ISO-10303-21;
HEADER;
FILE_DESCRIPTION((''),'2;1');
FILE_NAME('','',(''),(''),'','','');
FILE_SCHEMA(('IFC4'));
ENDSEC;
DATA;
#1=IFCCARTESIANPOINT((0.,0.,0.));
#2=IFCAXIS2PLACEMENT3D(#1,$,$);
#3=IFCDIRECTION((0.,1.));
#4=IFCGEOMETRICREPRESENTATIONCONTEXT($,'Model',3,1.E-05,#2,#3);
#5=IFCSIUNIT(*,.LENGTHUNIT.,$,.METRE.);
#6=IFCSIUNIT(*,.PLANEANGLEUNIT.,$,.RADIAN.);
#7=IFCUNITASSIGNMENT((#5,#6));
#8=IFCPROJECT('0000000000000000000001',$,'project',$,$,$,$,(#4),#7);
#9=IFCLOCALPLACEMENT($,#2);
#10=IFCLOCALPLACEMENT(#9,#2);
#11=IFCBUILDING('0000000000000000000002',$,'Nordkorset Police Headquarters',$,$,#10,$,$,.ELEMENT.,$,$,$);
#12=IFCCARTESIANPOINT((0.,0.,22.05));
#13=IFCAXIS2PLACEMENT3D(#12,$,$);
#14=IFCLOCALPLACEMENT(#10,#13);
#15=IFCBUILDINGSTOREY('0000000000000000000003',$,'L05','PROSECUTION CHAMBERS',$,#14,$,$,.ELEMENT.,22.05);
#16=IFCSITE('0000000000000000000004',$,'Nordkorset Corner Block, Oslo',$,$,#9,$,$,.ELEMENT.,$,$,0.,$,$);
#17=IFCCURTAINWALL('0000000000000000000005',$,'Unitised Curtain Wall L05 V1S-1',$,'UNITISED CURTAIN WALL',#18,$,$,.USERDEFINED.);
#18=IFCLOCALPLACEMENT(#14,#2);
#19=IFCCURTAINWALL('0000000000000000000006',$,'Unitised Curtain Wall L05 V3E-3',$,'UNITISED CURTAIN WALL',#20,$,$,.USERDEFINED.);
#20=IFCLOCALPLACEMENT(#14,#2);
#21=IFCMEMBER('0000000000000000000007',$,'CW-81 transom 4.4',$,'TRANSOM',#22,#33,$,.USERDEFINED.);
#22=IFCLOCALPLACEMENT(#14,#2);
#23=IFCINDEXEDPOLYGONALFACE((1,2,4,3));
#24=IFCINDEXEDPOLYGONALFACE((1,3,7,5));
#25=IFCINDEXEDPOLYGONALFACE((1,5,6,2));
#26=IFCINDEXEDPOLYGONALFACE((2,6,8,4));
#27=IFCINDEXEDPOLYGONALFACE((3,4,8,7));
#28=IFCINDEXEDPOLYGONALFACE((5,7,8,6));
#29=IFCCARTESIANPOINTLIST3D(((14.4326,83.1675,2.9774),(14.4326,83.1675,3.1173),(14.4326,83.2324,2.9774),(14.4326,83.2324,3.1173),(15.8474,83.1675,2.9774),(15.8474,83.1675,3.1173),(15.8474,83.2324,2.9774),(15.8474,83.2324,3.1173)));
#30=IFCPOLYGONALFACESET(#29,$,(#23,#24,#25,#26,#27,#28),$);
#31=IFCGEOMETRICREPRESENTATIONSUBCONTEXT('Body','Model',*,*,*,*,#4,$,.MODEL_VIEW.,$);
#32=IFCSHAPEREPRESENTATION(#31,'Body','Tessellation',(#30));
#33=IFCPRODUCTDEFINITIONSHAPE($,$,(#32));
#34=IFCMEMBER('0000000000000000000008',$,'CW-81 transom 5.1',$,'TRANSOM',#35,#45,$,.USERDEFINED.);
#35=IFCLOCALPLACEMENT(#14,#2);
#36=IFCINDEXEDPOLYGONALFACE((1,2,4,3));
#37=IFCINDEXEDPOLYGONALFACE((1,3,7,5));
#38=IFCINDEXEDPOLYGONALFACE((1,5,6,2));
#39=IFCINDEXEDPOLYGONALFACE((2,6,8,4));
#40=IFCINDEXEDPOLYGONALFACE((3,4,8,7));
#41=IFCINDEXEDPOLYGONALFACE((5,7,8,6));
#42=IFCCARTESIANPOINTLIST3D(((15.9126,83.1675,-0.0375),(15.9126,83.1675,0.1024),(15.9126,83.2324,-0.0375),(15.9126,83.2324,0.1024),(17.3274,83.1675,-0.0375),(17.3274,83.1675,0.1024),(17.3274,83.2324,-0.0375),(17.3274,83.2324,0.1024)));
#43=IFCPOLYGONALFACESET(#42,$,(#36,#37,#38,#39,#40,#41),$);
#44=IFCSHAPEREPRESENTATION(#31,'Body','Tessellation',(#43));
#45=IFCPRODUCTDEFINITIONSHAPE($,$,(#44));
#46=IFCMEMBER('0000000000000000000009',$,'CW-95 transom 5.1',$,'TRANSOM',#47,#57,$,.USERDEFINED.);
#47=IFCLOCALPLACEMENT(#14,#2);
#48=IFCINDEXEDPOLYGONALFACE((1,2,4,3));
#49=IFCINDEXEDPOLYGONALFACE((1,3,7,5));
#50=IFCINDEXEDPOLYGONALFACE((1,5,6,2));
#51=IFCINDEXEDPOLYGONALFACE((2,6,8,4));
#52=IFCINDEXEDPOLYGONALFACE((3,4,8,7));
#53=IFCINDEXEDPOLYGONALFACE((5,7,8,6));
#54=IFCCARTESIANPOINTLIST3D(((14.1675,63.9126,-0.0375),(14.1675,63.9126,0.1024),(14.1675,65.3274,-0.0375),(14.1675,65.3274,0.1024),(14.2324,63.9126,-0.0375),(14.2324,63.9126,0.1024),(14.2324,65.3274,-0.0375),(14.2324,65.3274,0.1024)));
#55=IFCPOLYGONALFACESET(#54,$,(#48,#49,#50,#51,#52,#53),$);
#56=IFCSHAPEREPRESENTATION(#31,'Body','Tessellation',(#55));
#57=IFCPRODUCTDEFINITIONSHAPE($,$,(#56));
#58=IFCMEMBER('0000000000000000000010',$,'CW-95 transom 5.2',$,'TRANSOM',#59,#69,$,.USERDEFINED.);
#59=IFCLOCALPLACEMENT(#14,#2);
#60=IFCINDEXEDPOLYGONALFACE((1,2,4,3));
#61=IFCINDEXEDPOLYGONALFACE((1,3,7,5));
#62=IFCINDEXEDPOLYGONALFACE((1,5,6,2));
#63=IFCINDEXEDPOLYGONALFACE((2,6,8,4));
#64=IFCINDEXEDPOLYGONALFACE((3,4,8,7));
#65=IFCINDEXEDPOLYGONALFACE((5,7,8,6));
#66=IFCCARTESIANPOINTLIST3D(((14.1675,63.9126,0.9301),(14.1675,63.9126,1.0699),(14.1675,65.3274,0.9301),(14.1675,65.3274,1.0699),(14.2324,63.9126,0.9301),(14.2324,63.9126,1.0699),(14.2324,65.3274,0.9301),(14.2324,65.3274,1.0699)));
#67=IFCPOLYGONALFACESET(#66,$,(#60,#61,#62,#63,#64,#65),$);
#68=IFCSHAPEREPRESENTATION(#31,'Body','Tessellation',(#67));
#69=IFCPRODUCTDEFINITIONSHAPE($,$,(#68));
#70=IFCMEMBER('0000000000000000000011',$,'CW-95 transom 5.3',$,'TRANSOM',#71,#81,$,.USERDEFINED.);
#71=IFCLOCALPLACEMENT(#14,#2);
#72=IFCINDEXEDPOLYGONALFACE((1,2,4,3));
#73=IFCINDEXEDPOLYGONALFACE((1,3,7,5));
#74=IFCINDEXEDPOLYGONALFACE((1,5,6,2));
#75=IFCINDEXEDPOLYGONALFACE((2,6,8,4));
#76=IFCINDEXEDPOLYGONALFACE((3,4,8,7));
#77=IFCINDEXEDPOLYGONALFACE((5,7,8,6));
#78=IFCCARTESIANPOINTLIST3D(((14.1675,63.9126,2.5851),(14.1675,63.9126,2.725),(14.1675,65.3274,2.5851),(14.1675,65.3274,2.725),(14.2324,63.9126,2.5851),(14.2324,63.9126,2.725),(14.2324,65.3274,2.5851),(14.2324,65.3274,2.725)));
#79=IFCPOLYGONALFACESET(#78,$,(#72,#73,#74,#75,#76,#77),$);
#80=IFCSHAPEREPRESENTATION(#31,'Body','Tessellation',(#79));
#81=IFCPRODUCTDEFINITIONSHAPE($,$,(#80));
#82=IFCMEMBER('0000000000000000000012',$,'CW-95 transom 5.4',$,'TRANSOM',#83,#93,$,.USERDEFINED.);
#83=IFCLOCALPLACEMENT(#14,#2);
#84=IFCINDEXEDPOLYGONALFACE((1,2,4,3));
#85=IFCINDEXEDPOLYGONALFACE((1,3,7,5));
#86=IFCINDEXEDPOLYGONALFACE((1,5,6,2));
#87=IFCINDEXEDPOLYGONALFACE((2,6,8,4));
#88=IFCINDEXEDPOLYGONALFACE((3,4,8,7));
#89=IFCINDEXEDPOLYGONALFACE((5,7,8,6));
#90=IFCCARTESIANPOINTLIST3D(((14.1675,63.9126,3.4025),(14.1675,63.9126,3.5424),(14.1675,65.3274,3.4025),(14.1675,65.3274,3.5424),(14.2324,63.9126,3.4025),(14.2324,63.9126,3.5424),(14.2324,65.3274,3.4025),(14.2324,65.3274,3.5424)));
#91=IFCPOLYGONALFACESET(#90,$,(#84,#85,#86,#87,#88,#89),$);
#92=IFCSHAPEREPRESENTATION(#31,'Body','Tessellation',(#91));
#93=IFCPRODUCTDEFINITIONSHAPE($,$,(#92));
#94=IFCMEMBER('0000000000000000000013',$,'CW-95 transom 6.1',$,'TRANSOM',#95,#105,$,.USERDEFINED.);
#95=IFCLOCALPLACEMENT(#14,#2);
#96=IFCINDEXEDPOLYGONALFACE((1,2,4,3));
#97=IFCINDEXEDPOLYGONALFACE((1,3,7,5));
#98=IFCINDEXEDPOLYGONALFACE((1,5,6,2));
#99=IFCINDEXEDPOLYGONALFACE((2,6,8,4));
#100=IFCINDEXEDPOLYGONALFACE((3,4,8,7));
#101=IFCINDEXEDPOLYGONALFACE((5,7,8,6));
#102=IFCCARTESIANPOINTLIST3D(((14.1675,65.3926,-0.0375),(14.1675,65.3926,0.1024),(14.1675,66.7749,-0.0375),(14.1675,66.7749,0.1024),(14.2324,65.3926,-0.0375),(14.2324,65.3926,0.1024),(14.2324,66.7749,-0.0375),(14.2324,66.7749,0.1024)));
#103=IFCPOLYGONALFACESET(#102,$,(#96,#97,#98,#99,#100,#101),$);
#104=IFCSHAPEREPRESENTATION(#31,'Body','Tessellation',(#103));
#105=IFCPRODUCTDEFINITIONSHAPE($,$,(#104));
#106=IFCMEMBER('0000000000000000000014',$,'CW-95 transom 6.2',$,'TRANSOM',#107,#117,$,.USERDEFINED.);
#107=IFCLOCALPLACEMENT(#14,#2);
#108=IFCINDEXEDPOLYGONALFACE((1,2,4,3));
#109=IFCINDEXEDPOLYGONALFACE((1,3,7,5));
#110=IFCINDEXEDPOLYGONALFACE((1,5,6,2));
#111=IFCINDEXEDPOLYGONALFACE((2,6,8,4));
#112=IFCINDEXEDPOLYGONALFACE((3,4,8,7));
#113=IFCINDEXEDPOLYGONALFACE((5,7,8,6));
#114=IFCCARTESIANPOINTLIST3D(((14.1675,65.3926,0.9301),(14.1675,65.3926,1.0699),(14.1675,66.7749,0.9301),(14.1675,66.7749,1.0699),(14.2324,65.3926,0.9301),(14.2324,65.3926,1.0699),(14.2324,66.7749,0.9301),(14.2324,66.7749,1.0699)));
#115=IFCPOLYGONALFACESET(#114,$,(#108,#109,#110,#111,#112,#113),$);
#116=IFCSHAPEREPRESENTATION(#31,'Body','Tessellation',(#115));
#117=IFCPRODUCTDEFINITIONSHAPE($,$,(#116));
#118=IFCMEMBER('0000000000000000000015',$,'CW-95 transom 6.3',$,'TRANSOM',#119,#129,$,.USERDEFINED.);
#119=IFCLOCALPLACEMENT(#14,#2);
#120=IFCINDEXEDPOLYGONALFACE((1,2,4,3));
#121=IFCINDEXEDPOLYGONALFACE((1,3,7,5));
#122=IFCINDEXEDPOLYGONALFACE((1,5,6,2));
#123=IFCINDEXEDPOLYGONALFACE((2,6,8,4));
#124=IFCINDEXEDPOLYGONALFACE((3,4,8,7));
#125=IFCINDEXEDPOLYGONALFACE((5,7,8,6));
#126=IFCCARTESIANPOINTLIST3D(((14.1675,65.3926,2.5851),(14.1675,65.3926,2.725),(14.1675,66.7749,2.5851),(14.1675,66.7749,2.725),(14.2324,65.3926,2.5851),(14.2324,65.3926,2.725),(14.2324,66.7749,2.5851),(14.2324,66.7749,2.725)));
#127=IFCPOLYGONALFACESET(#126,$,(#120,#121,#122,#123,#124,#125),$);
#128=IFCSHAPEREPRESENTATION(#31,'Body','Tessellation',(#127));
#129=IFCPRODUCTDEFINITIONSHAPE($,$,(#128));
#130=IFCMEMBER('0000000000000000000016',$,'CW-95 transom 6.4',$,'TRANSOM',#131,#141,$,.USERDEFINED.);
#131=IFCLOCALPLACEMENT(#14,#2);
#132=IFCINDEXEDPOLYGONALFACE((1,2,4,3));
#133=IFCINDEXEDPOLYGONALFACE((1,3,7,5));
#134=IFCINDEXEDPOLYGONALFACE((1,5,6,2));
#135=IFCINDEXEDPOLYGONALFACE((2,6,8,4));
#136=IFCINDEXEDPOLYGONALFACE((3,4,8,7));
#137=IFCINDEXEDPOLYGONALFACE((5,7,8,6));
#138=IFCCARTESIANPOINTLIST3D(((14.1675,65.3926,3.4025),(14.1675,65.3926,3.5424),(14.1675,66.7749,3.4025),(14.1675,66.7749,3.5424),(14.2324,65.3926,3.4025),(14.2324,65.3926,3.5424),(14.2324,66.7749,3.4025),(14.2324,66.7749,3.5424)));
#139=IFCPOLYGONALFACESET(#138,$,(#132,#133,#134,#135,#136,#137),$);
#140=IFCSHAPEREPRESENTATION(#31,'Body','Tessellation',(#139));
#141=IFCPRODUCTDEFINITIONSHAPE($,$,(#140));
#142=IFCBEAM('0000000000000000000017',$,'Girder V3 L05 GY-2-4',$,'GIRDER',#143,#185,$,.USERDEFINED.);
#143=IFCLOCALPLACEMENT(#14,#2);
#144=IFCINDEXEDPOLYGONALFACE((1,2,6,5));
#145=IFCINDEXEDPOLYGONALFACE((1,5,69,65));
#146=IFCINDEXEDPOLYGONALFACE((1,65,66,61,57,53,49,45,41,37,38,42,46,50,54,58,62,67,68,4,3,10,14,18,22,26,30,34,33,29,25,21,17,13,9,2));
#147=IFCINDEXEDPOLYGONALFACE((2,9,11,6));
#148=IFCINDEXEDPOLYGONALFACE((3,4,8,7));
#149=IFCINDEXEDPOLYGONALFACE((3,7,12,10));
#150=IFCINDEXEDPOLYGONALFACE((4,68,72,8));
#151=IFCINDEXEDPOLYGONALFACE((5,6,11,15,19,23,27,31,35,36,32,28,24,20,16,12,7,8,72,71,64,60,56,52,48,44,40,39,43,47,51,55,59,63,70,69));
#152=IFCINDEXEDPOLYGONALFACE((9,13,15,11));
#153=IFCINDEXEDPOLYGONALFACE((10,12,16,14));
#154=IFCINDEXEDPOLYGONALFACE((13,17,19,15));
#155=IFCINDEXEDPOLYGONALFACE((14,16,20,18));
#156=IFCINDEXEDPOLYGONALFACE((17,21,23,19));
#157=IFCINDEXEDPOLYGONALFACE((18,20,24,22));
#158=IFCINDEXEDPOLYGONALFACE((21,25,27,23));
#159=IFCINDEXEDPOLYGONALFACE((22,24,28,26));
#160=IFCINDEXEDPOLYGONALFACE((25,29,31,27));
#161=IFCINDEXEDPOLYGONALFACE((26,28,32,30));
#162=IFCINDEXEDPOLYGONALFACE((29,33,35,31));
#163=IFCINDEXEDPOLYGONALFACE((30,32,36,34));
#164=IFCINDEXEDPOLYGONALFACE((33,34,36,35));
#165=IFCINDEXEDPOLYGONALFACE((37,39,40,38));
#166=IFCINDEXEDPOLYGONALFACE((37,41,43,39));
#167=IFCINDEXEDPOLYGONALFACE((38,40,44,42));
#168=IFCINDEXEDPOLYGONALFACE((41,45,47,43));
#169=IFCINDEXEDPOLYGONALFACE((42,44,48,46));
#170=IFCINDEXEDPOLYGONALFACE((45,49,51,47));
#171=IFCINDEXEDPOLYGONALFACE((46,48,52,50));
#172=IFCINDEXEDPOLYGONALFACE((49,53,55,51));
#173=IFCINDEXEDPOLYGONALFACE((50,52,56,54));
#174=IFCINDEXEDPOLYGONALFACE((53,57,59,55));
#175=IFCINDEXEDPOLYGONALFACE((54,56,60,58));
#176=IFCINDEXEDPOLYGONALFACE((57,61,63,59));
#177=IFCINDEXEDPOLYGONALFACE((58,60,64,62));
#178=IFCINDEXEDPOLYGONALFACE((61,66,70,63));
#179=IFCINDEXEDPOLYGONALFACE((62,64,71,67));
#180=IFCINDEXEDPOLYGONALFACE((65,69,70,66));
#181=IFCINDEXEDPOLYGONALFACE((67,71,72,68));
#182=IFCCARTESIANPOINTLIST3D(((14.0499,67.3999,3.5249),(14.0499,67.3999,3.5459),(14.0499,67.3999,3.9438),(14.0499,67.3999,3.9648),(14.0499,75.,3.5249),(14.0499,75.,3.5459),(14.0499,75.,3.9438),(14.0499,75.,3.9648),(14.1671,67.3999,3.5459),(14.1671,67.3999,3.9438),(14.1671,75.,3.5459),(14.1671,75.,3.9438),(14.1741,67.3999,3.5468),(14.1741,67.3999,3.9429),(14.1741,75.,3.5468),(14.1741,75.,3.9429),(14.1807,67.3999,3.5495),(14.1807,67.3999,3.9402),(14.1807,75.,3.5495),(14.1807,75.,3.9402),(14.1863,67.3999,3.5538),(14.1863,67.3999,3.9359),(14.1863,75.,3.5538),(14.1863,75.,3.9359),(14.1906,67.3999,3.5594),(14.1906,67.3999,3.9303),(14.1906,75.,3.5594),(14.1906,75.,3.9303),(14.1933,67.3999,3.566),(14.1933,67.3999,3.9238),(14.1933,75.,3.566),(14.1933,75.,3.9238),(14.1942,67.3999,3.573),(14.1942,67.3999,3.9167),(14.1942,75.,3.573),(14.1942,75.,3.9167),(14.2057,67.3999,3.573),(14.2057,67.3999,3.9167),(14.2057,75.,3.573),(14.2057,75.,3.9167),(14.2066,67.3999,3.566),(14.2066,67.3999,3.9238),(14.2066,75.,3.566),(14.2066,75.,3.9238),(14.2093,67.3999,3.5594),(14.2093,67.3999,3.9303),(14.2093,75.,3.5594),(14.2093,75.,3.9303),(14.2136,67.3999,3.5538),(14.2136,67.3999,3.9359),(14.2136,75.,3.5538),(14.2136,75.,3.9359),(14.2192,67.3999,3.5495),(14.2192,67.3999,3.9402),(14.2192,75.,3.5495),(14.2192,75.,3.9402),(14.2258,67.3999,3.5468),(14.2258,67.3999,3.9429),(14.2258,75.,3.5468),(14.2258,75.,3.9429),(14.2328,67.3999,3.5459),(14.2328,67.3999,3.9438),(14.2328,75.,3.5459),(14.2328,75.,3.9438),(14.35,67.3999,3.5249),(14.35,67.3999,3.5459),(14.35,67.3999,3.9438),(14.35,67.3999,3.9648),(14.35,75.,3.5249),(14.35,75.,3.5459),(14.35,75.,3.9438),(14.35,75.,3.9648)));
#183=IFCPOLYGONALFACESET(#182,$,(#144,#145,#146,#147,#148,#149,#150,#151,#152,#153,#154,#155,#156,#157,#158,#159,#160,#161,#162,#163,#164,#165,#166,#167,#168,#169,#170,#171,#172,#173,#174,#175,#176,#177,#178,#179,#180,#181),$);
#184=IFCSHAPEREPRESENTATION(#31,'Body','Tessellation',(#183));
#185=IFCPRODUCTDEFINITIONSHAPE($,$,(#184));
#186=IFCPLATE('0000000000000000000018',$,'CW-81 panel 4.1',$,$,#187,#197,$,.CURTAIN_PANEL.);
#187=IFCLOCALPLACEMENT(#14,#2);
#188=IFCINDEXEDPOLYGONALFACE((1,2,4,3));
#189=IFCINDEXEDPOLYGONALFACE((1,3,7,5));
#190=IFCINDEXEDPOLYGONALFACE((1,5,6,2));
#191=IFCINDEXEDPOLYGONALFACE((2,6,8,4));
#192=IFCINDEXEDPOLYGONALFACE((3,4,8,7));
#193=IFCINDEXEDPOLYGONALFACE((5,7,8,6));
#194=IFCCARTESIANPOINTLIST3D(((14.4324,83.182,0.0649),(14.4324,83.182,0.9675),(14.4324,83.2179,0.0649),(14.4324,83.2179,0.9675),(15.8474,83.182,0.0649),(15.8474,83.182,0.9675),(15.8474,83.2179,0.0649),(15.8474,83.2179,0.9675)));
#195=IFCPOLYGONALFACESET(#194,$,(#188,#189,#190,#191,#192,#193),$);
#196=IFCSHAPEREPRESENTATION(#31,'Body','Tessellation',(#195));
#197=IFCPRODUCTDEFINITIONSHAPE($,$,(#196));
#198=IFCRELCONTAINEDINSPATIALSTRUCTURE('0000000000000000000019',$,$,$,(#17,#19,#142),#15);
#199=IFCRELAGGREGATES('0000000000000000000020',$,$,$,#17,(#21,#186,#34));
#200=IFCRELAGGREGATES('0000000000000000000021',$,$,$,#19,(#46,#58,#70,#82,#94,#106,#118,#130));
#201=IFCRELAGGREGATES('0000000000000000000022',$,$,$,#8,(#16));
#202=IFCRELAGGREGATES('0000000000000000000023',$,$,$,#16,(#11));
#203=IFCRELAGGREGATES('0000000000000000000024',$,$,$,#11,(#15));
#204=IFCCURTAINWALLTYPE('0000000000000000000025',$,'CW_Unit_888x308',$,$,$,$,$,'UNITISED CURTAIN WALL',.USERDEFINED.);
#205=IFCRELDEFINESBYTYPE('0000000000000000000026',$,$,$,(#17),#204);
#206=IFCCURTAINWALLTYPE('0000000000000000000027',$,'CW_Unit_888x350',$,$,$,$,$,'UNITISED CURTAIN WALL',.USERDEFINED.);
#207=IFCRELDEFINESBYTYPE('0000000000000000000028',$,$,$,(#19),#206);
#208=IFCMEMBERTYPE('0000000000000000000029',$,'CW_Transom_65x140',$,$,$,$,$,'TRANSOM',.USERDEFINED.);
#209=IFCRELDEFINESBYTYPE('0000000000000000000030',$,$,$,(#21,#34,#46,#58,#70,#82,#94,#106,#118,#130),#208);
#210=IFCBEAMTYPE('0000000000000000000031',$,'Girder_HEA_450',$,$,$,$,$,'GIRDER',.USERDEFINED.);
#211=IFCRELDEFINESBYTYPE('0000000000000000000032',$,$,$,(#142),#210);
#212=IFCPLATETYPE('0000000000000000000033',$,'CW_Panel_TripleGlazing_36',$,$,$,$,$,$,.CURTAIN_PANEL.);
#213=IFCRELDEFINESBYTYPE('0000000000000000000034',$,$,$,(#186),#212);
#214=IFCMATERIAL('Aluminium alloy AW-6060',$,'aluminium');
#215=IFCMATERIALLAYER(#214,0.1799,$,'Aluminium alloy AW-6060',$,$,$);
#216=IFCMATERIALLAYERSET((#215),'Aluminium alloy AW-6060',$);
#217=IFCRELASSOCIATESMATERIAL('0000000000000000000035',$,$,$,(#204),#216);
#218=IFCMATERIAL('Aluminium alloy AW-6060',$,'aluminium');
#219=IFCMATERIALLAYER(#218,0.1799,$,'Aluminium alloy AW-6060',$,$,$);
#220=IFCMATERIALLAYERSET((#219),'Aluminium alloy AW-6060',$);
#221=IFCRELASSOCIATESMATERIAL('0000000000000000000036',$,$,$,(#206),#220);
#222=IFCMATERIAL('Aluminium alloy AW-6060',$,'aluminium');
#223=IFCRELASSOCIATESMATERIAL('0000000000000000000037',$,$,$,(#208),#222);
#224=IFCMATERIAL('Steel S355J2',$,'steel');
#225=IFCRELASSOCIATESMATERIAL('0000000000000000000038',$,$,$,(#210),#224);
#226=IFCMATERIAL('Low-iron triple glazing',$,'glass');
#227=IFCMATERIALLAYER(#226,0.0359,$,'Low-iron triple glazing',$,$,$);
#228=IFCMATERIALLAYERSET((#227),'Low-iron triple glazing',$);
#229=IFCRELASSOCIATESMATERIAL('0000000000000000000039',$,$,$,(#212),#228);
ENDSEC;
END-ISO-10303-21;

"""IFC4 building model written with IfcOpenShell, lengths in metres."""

from ifc_helpers import new_model, si_unit, direction, frame, origin, origin_2d, place, context, subcontext, project, spatial, rectangle, i_section, extrude, material, layer, layer_set, material_profile, profile_set, type_object, element, aggregate, save


model = new_model("IFC4")

# Units and contexts
model_context = context("Model", 3, precision=1e-05, world=origin(), true_north=direction((0.0, 1.0)))
body_context = subcontext(model_context, "Body", "Model", "MODEL_VIEW")
ifc_project = project(units=[si_unit("LENGTHUNIT", "METRE"), si_unit("PLANEANGLEUNIT", "RADIAN")], contexts=[model_context])

# Site, building, storey
site_placement = place(None, origin())
site = spatial("IfcSite", under=ifc_project, at=site_placement, Name="Nordkorset Corner Block, Oslo", CompositionType="ELEMENT", RefElevation=0.0)
building_placement = place(site_placement, origin())
building = spatial("IfcBuilding", under=site, at=building_placement, Name="Nordkorset Police Headquarters", CompositionType="ELEMENT")
storey_placement = place(building_placement, frame((0.0, 0.0, 22.05)))
storey = spatial("IfcBuildingStorey", under=building, at=storey_placement, Name="L05", Description="PROSECUTION CHAMBERS", CompositionType="ELEMENT", Elevation=22.05)

# Curtain walls
ifc_material_1 = material(Name="Aluminium alloy AW-6060", Category="aluminium")
ifc_layer_1 = layer(ifc_material_1, 0.1799, Name="Aluminium alloy AW-6060")
ifc_layer_set_1 = layer_set([ifc_layer_1], Name="Aluminium alloy AW-6060")
curtain_wall_type_1 = type_object("IfcCurtainWallType", Name="CW_Unit_888x308", ElementType="UNITISED CURTAIN WALL", PredefinedType="USERDEFINED", material=ifc_layer_set_1)
curtain_wall_1_placement = place(storey_placement, origin())
curtain_wall_1 = element("IfcCurtainWall", 1, at=curtain_wall_1_placement, inside=storey, type_object=curtain_wall_type_1, Name="Unitised Curtain Wall L05 V1S-1", ObjectType="UNITISED CURTAIN WALL", PredefinedType="USERDEFINED")
ifc_material_2 = material(Name="Aluminium alloy AW-6060", Category="aluminium")
ifc_layer_2 = layer(ifc_material_2, 0.1799, Name="Aluminium alloy AW-6060")
ifc_layer_set_2 = layer_set([ifc_layer_2], Name="Aluminium alloy AW-6060")
curtain_wall_type_2 = type_object("IfcCurtainWallType", Name="CW_Unit_888x350", ElementType="UNITISED CURTAIN WALL", PredefinedType="USERDEFINED", material=ifc_layer_set_2)
curtain_wall_2_placement = place(storey_placement, origin())
curtain_wall_2 = element("IfcCurtainWall", 2, at=curtain_wall_2_placement, inside=storey, type_object=curtain_wall_type_2, Name="Unitised Curtain Wall L05 V3E-3", ObjectType="UNITISED CURTAIN WALL", PredefinedType="USERDEFINED")

# Members
ifc_material_3 = material(Name="Aluminium alloy AW-6060", Category="aluminium")
ifc_material_profile_1 = material_profile(ifc_material_3, rectangle(XDim=0.0649, YDim=0.1399, at=origin_2d()), Name="ALU TRAN 65x140")
ifc_profile_set_1 = profile_set([ifc_material_profile_1], Name="Aluminium alloy AW-6060")
member_type_1 = type_object("IfcMemberType", Name="CW_Transom_65x140", ElementType="TRANSOM", PredefinedType="USERDEFINED", material=ifc_profile_set_1)
member_1_placement = place(storey_placement, frame((14.4326, 83.2, 3.0474), z_axis=(1.0, 0.0, 0.0), x_axis=(0.0, 1.0, 0.0)))
member_1 = element("IfcMember", 3, at=member_1_placement, type_object=member_type_1, Name="CW-81 transom 4.4", ObjectType="TRANSOM", PredefinedType="USERDEFINED", context=body_context, shape_type="SweptSolid", body=[
    extrude(rectangle(XDim=0.0649, YDim=0.1399, at=origin_2d()), origin(), (0.0, 0.0, 1.0), 1.4148),
])
member_2_placement = place(storey_placement, frame((15.9126, 83.2, 0.0325), z_axis=(1.0, 0.0, 0.0), x_axis=(0.0, 1.0, 0.0)))
member_2 = element("IfcMember", 4, at=member_2_placement, type_object=member_type_1, Name="CW-81 transom 5.1", ObjectType="TRANSOM", PredefinedType="USERDEFINED", context=body_context, shape_type="SweptSolid", body=[
    extrude(rectangle(XDim=0.0649, YDim=0.1399, at=origin_2d()), origin(), (0.0, 0.0, 1.0), 1.4148),
])
member_3_placement = place(storey_placement, frame((14.2, 63.9126, 0.0325), z_axis=(0.0, 1.0, 0.0), x_axis=(-1.0, 0.0, 0.0)))
member_3 = element("IfcMember", 5, at=member_3_placement, type_object=member_type_1, Name="CW-95 transom 5.1", ObjectType="TRANSOM", PredefinedType="USERDEFINED", context=body_context, shape_type="SweptSolid", body=[
    extrude(rectangle(XDim=0.0649, YDim=0.1399, at=origin_2d()), origin(), (0.0, 0.0, 1.0), 1.4148),
])
member_4_placement = place(storey_placement, frame((14.2, 63.9126, 1.0), z_axis=(0.0, 1.0, 0.0), x_axis=(-1.0, 0.0, 0.0)))
member_4 = element("IfcMember", 6, at=member_4_placement, type_object=member_type_1, Name="CW-95 transom 5.2", ObjectType="TRANSOM", PredefinedType="USERDEFINED", context=body_context, shape_type="SweptSolid", body=[
    extrude(rectangle(XDim=0.0649, YDim=0.1399, at=origin_2d()), origin(), (0.0, 0.0, 1.0), 1.4148),
])
member_5_placement = place(storey_placement, frame((14.2, 63.9126, 2.655), z_axis=(0.0, 1.0, 0.0), x_axis=(-1.0, 0.0, 0.0)))
member_5 = element("IfcMember", 7, at=member_5_placement, type_object=member_type_1, Name="CW-95 transom 5.3", ObjectType="TRANSOM", PredefinedType="USERDEFINED", context=body_context, shape_type="SweptSolid", body=[
    extrude(rectangle(XDim=0.0649, YDim=0.1399, at=origin_2d()), origin(), (0.0, 0.0, 1.0), 1.4148),
])
member_6_placement = place(storey_placement, frame((14.2, 63.9126, 3.4724), z_axis=(0.0, 1.0, 0.0), x_axis=(-1.0, 0.0, 0.0)))
member_6 = element("IfcMember", 8, at=member_6_placement, type_object=member_type_1, Name="CW-95 transom 5.4", ObjectType="TRANSOM", PredefinedType="USERDEFINED", context=body_context, shape_type="SweptSolid", body=[
    extrude(rectangle(XDim=0.0649, YDim=0.1399, at=origin_2d()), origin(), (0.0, 0.0, 1.0), 1.4148),
])
member_7_placement = place(storey_placement, frame((14.2, 65.3926, 0.0325), z_axis=(0.0, 1.0, 0.0), x_axis=(-1.0, 0.0, 0.0)))
member_7 = element("IfcMember", 9, at=member_7_placement, type_object=member_type_1, Name="CW-95 transom 6.1", ObjectType="TRANSOM", PredefinedType="USERDEFINED", context=body_context, shape_type="SweptSolid", body=[
    extrude(rectangle(XDim=0.0649, YDim=0.1399, at=origin_2d()), origin(), (0.0, 0.0, 1.0), 1.3823),
])
member_8_placement = place(storey_placement, frame((14.2, 65.3926, 1.0), z_axis=(0.0, 1.0, 0.0), x_axis=(-1.0, 0.0, 0.0)))
member_8 = element("IfcMember", 10, at=member_8_placement, type_object=member_type_1, Name="CW-95 transom 6.2", ObjectType="TRANSOM", PredefinedType="USERDEFINED", context=body_context, shape_type="SweptSolid", body=[
    extrude(rectangle(XDim=0.0649, YDim=0.1399, at=origin_2d()), origin(), (0.0, 0.0, 1.0), 1.3823),
])
member_9_placement = place(storey_placement, frame((14.2, 65.3926, 2.655), z_axis=(0.0, 1.0, 0.0), x_axis=(-1.0, 0.0, 0.0)))
member_9 = element("IfcMember", 11, at=member_9_placement, type_object=member_type_1, Name="CW-95 transom 6.3", ObjectType="TRANSOM", PredefinedType="USERDEFINED", context=body_context, shape_type="SweptSolid", body=[
    extrude(rectangle(XDim=0.0649, YDim=0.1399, at=origin_2d()), origin(), (0.0, 0.0, 1.0), 1.3823),
])
member_10_placement = place(storey_placement, frame((14.2, 65.3926, 3.4724), z_axis=(0.0, 1.0, 0.0), x_axis=(-1.0, 0.0, 0.0)))
member_10 = element("IfcMember", 12, at=member_10_placement, type_object=member_type_1, Name="CW-95 transom 6.4", ObjectType="TRANSOM", PredefinedType="USERDEFINED", context=body_context, shape_type="SweptSolid", body=[
    extrude(rectangle(XDim=0.0649, YDim=0.1399, at=origin_2d()), origin(), (0.0, 0.0, 1.0), 1.3823),
])

# Beam
ifc_material_4 = material(Name="Steel S355J2", Category="steel")
ifc_material_profile_2 = material_profile(ifc_material_4, i_section(OverallWidth=0.3, OverallDepth=0.4399, WebThickness=0.0115, FlangeThickness=0.021, FilletRadius=0.0271, at=origin_2d()), Name="HEA 450")
ifc_profile_set_2 = profile_set([ifc_material_profile_2], Name="Steel S355J2")
beam_type = type_object("IfcBeamType", Name="Girder_HEA_450", ElementType="GIRDER", PredefinedType="USERDEFINED", material=ifc_profile_set_2)
beam_placement = place(storey_placement, frame((14.2, 67.3999, 3.7449), z_axis=(0.0, 1.0, 0.0), x_axis=(-1.0, 0.0, 0.0)))
element("IfcBeam", 13, at=beam_placement, inside=storey, type_object=beam_type, Name="Girder V3 L05 GY-2-4", ObjectType="GIRDER", PredefinedType="USERDEFINED", context=body_context, shape_type="SweptSolid", body=[
    extrude(i_section(OverallWidth=0.3, OverallDepth=0.4399, WebThickness=0.0115, FlangeThickness=0.021, FilletRadius=0.0271, at=origin_2d()), origin(), (0.0, 0.0, 1.0), 7.6001),
])

# Plate
ifc_material_5 = material(Name="Low-iron triple glazing", Category="glass")
ifc_layer_3 = layer(ifc_material_5, 0.0359, Name="Low-iron triple glazing")
ifc_layer_set_3 = layer_set([ifc_layer_3], Name="Low-iron triple glazing")
plate_type = type_object("IfcPlateType", Name="CW_Panel_TripleGlazing_36", PredefinedType="CURTAIN_PANEL", material=ifc_layer_set_3)
plate_1_placement = place(storey_placement, frame((15.1399, 83.2, 0.0649), z_axis=(0.0, 0.0, 1.0), x_axis=(1.0, 0.0, 0.0)))
plate_1 = element("IfcPlate", 14, at=plate_1_placement, type_object=plate_type, Name="CW-81 panel 4.1", PredefinedType="CURTAIN_PANEL", context=body_context, shape_type="SweptSolid", body=[
    extrude(rectangle(XDim=1.415, YDim=0.0359, at=origin_2d()), origin(), (0.0, 0.0, 1.0), 0.9026),
])
aggregate(curtain_wall_1, [member_1, plate_1, member_2])
aggregate(curtain_wall_2, [member_3, member_4, member_5, member_6, member_7, member_8, member_9, member_10])

save(model, "model.ifc")
